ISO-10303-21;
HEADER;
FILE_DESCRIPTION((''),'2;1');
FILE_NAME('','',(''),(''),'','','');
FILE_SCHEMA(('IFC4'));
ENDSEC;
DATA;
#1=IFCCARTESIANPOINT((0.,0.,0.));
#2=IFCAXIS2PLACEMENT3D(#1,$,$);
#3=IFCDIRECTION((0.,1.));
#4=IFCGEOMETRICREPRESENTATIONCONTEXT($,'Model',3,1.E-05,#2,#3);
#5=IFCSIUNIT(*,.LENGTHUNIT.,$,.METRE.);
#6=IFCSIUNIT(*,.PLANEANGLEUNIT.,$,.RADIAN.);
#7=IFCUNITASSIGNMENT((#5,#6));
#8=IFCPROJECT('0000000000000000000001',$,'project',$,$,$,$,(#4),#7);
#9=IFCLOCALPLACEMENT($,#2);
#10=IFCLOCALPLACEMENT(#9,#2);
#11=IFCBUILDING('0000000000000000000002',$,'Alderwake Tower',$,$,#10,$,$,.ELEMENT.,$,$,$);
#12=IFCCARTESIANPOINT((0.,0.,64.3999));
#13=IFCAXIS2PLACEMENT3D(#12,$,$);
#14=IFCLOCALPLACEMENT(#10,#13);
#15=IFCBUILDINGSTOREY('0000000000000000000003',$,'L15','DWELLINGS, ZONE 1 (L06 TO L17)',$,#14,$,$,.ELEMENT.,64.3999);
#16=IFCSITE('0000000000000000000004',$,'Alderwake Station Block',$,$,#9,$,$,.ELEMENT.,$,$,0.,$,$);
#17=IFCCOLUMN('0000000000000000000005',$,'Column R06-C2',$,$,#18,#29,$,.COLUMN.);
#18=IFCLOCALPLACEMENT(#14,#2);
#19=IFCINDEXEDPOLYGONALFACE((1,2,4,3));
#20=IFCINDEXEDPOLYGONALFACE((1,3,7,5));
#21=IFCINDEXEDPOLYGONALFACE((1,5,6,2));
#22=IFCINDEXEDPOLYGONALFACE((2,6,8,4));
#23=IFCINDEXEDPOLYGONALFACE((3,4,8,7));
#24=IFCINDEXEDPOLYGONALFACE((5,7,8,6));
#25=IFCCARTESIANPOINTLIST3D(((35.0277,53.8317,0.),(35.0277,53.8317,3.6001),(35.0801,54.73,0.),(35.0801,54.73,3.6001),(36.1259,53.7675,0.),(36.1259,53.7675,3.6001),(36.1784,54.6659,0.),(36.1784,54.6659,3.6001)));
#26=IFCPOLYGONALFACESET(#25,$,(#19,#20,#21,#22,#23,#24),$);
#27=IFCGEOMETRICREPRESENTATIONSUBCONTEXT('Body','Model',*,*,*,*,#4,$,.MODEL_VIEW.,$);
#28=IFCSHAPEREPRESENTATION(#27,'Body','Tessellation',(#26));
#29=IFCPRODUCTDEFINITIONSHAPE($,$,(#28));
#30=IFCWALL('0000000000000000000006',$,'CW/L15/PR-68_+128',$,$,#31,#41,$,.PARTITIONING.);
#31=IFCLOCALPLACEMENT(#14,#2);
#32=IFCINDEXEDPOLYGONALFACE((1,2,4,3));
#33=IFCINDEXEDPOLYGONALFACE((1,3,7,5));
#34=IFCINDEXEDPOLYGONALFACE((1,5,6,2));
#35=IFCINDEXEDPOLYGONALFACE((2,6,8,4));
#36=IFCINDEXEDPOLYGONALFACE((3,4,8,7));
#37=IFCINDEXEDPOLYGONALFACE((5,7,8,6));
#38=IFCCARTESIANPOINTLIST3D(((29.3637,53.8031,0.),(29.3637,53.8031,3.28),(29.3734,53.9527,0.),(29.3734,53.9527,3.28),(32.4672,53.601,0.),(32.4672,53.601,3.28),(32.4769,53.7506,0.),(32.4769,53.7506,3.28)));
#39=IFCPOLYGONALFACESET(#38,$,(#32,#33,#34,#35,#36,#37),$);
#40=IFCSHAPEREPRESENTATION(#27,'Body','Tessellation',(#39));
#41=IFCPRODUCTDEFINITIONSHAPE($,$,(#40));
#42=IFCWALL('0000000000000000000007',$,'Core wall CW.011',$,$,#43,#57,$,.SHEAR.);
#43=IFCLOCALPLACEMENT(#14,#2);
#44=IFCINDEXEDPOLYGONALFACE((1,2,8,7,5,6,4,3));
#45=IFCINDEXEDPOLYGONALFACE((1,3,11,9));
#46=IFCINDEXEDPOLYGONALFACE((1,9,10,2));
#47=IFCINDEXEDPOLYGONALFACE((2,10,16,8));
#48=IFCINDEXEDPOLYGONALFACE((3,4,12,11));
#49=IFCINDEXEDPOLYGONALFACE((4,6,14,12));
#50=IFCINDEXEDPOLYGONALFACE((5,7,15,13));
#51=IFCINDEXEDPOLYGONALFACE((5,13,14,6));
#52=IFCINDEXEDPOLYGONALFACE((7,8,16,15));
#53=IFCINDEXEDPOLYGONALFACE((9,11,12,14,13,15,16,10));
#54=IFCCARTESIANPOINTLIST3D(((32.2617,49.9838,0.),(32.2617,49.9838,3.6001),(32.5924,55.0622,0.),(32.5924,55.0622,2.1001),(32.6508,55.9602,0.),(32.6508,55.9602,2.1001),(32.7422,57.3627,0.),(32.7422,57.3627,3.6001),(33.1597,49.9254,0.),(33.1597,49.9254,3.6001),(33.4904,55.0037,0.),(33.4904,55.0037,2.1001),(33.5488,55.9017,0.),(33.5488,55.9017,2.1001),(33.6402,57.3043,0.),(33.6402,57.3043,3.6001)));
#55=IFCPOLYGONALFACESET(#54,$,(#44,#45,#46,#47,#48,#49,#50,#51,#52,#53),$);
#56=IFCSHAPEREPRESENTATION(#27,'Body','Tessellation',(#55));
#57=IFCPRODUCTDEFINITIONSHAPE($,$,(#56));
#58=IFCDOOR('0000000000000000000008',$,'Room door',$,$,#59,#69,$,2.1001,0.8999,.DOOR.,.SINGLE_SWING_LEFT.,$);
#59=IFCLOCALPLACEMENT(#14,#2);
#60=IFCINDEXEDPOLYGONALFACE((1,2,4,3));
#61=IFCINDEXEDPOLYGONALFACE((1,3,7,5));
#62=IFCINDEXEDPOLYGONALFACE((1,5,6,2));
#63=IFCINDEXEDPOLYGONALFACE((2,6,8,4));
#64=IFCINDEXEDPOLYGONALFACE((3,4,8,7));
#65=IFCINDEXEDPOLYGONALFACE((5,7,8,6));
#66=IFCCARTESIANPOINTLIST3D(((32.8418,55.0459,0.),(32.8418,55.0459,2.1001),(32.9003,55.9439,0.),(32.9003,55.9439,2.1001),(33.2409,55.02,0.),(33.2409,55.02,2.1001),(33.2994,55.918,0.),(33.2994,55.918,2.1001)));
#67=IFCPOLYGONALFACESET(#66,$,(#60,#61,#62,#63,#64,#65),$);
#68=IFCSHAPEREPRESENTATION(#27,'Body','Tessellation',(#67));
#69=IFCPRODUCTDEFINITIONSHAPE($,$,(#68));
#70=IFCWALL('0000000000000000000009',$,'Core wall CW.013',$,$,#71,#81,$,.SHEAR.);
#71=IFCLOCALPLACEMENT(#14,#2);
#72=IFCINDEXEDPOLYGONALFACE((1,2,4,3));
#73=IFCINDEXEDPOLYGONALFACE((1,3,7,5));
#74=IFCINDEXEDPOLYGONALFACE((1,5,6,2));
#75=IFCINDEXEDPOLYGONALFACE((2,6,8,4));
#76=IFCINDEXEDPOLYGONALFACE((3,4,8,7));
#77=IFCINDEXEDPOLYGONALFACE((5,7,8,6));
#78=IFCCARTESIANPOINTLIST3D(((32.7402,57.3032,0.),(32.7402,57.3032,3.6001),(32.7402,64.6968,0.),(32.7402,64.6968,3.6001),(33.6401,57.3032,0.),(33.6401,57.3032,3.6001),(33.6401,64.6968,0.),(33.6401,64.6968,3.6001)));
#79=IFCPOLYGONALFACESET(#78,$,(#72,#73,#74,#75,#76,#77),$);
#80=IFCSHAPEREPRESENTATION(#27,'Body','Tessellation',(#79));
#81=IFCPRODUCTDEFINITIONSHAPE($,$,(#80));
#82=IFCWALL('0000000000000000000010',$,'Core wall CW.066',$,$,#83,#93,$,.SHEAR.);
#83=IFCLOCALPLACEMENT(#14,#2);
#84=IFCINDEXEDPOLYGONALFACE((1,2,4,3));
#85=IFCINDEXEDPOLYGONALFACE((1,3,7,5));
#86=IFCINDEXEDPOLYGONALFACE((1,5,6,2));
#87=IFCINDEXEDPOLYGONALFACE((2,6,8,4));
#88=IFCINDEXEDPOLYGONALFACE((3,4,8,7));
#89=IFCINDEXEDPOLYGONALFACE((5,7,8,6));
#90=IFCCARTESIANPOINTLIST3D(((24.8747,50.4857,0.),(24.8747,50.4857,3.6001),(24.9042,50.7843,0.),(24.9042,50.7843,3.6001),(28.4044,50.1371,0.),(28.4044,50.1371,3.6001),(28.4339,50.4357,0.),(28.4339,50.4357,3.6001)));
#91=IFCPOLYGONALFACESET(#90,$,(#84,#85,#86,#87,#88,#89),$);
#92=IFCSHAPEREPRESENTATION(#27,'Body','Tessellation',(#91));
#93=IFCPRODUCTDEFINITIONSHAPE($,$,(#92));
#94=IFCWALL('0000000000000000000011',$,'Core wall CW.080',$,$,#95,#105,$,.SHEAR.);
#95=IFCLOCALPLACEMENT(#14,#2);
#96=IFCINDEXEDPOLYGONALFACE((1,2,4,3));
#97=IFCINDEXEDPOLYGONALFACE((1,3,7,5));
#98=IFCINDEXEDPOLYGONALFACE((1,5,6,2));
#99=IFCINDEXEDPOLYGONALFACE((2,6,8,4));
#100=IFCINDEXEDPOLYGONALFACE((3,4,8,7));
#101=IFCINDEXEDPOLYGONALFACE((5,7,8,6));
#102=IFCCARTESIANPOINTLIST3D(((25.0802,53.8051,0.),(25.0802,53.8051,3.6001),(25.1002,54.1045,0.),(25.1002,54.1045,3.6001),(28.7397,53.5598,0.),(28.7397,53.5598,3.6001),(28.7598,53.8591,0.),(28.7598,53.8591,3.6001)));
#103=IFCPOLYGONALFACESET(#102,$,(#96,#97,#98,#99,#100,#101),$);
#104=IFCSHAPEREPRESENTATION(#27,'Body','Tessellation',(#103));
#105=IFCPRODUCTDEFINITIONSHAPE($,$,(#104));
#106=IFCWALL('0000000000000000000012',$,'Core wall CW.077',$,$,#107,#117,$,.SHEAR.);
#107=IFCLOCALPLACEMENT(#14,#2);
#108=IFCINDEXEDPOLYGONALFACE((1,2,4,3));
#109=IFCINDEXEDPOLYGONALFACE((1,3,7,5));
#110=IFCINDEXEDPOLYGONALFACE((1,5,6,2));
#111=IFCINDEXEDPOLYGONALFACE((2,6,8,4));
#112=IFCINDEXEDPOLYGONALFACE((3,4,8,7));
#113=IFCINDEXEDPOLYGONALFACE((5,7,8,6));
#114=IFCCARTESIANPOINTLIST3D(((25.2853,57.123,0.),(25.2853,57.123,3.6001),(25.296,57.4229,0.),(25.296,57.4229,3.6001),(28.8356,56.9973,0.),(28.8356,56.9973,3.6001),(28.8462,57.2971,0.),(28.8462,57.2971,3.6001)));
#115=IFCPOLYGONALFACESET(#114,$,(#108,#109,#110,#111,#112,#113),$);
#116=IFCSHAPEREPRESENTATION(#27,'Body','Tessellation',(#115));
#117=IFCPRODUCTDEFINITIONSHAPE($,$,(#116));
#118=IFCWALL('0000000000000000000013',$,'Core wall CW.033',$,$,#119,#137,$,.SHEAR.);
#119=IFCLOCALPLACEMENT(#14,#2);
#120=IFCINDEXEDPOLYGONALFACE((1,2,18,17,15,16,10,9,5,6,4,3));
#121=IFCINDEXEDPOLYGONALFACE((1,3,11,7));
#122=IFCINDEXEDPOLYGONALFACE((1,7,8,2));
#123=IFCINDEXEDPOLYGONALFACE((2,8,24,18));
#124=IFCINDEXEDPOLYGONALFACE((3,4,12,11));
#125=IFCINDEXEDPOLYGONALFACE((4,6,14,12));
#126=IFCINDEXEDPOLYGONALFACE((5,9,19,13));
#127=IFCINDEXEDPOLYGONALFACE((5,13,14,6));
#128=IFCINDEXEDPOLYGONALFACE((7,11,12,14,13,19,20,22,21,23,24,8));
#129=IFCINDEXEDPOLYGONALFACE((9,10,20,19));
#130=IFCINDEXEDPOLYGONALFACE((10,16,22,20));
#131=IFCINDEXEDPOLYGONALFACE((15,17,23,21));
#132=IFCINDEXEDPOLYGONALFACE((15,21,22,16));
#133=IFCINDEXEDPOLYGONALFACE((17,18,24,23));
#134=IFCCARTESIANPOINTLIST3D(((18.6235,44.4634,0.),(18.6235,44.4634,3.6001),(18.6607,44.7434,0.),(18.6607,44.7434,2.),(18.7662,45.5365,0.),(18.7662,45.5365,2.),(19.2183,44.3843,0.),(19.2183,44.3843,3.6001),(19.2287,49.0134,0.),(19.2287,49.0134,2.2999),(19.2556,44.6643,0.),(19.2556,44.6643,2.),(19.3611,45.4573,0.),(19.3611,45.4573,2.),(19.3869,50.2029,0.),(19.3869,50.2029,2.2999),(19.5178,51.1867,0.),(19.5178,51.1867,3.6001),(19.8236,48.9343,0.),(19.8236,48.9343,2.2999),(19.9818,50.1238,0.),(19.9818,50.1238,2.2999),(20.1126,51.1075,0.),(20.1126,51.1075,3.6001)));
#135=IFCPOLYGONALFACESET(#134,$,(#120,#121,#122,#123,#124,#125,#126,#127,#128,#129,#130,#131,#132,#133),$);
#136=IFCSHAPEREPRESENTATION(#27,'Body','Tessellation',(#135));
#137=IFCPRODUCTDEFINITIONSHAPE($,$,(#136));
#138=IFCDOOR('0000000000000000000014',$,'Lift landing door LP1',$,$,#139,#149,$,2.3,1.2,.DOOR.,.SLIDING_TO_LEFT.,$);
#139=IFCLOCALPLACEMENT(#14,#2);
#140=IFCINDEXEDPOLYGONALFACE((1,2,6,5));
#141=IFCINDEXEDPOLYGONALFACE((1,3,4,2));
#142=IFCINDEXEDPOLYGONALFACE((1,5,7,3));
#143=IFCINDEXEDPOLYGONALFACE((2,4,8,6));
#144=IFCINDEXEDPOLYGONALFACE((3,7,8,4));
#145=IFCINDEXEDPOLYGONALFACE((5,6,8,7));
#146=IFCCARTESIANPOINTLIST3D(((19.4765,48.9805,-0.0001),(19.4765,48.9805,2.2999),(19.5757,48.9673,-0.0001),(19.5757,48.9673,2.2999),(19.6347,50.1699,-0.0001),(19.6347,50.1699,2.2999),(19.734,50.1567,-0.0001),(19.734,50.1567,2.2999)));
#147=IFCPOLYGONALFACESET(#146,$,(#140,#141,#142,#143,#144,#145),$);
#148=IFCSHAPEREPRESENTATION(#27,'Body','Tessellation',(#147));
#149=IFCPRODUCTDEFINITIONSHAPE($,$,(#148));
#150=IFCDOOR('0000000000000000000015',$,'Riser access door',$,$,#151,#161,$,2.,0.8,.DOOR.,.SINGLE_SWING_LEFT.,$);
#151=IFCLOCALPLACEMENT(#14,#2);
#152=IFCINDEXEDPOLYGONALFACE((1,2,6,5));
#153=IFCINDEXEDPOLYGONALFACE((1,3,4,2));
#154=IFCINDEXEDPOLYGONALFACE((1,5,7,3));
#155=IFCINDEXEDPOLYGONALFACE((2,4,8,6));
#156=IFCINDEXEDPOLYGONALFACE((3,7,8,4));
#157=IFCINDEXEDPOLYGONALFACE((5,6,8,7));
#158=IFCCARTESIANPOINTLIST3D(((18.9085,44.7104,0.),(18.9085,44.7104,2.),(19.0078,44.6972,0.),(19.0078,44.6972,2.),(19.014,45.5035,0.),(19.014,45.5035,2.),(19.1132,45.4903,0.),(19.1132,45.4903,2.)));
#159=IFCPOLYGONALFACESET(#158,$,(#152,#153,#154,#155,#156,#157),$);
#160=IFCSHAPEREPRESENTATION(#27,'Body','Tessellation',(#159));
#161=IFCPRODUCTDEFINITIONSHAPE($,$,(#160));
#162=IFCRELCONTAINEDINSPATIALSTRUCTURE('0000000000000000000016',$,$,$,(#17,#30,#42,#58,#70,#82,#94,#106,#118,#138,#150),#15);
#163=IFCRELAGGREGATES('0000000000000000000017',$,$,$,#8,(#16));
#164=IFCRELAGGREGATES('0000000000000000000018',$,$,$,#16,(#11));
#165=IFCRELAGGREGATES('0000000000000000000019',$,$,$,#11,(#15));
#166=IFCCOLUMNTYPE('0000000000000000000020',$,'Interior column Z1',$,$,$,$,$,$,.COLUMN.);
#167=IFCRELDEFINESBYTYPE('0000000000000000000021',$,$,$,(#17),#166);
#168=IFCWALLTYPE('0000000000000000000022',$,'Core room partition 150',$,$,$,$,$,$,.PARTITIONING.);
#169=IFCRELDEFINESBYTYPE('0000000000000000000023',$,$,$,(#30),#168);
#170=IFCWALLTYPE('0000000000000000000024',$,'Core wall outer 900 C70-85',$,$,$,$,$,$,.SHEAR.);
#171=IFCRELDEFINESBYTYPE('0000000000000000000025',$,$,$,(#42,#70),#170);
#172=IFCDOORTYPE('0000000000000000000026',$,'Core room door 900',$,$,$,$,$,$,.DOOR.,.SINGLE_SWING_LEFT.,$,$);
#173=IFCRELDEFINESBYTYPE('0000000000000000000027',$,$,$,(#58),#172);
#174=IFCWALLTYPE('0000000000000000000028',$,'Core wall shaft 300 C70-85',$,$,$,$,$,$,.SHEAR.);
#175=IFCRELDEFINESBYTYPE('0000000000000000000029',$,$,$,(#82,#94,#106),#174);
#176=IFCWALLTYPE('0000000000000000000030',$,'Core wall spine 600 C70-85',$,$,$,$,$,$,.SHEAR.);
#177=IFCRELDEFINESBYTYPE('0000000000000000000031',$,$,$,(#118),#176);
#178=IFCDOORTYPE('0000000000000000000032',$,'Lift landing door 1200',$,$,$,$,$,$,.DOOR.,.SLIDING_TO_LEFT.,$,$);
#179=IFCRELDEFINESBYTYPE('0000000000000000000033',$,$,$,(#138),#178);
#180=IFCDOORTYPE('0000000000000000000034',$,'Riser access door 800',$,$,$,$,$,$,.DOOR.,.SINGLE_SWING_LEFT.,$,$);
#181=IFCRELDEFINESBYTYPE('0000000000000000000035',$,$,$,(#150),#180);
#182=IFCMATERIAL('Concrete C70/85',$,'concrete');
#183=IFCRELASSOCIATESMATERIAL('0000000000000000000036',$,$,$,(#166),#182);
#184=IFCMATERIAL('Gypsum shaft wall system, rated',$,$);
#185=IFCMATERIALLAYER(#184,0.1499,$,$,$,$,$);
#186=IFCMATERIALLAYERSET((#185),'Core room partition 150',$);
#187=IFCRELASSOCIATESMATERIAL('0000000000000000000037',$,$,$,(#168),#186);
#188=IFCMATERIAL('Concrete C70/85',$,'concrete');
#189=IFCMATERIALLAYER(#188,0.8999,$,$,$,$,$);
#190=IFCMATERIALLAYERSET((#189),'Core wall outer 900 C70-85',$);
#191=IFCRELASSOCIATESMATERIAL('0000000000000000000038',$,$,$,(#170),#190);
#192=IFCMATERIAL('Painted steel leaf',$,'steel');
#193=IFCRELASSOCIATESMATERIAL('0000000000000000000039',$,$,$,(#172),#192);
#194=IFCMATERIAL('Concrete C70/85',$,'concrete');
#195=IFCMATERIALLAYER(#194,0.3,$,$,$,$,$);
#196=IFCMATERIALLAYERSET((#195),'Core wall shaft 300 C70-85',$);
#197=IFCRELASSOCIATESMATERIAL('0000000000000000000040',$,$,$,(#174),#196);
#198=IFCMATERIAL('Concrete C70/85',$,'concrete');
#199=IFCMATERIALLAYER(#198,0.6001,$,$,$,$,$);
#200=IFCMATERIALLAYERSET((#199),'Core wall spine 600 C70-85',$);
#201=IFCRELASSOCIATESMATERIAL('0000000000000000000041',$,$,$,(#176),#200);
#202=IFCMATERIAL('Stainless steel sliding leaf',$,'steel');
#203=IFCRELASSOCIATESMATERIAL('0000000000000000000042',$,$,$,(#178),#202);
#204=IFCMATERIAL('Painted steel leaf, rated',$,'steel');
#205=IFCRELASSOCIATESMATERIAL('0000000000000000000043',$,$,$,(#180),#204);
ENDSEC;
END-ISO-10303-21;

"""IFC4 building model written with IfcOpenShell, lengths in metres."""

from ifc_helpers import new_model, si_unit, direction, frame, frame_2d, origin, origin_2d, place, context, subcontext, project, spatial, rectangle, extrude, material, layer, layer_set, material_profile, profile_set, type_object, element, fill, save


model = new_model("IFC4")

# Units and contexts
model_context = context("Model", 3, precision=1e-05, world=origin(), true_north=direction((0.0, 1.0)))
body_context = subcontext(model_context, "Body", "Model", "MODEL_VIEW")
ifc_project = project(units=[si_unit("LENGTHUNIT", "METRE"), si_unit("PLANEANGLEUNIT", "RADIAN")], contexts=[model_context])

# Site, building, storey
site_placement = place(None, origin())
site = spatial("IfcSite", under=ifc_project, at=site_placement, Name="Alderwake Station Block", CompositionType="ELEMENT", RefElevation=0.0)
building_placement = place(site_placement, origin())
building = spatial("IfcBuilding", under=site, at=building_placement, Name="Alderwake Tower", CompositionType="ELEMENT")
storey_placement = place(building_placement, frame((0.0, 0.0, 64.3999)))
storey = spatial("IfcBuildingStorey", under=building, at=storey_placement, Name="L15", Description="DWELLINGS, ZONE 1 (L06 TO L17)", CompositionType="ELEMENT", Elevation=64.3999)

# Column
ifc_material_1 = material(Name="Concrete C70/85", Category="concrete")
ifc_material_profile = material_profile(ifc_material_1, rectangle(XDim=0.8999, YDim=1.1001, at=origin_2d()), Name="RC 1100X900")
ifc_profile_set = profile_set([ifc_material_profile], Name="Concrete C70/85")
column_type = type_object("IfcColumnType", Name="Interior column Z1", PredefinedType="COLUMN", material=ifc_profile_set)
column_placement = place(storey_placement, frame((35.603, 54.2488, 0.0), z_axis=(0.0, 0.0, 1.0), x_axis=(0.058301, 0.998299, 0.0)))
element("IfcColumn", 1, at=column_placement, inside=storey, type_object=column_type, Name="Column R06-C2", PredefinedType="COLUMN", context=body_context, shape_type="SweptSolid", body=[
    extrude(rectangle(XDim=0.8999, YDim=1.1001, at=origin_2d()), origin(), (0.0, 0.0, 1.0), 3.6001),
])

# Wall
ifc_material_2 = material(Name="Gypsum shaft wall system, rated")
ifc_layer_1 = layer(ifc_material_2, 0.1499)
ifc_layer_set_1 = layer_set([ifc_layer_1], Name="Core room partition 150")
wall_type_1 = type_object("IfcWallType", Name="Core room partition 150", PredefinedType="PARTITIONING", material=ifc_layer_set_1)
wall_1_placement = place(storey_placement, frame((29.3684, 53.8779, 0.0), z_axis=(0.0, 0.0, 1.0), x_axis=(0.997885, -0.064998, 0.0)))
element("IfcWall", 2, at=wall_1_placement, inside=storey, type_object=wall_type_1, Name="CW/L15/PR-68_+128", PredefinedType="PARTITIONING", context=body_context, shape_type="SweptSolid", body=[
    extrude(rectangle(XDim=3.1101, YDim=0.1499, at=frame_2d((1.5552, 0.0))), origin(), (0.0, 0.0, 1.0), 3.28),
])

# Wall, opening, door
ifc_material_3 = material(Name="Concrete C70/85", Category="concrete")
ifc_layer_2 = layer(ifc_material_3, 0.8999)
ifc_layer_set_2 = layer_set([ifc_layer_2], Name="Core wall outer 900 C70-85")
wall_type_2 = type_object("IfcWallType", Name="Core wall outer 900 C70-85", PredefinedType="SHEAR", material=ifc_layer_set_2)
wall_2_placement = place(storey_placement, frame((33.1912, 57.3335, 0.0), z_axis=(0.0, 0.0, 1.0), x_axis=(-0.064976, -0.997887, 0.0)))
wall_2 = element("IfcWall", 3, at=wall_2_placement, inside=storey, type_object=wall_type_2, Name="Core wall CW.011", PredefinedType="SHEAR", context=body_context, shape_type="SweptSolid", body=[
    extrude(rectangle(XDim=7.3945, YDim=0.8999, at=frame_2d((3.6973, 0.0))), origin(), (0.0, 0.0, 1.0), 3.6001),
])
opening_1_placement = place(wall_2_placement, frame((1.4055, 0.0, 0.0)))
opening_1 = element("IfcOpeningElement", 4, at=opening_1_placement, cuts=wall_2, PredefinedType="OPENING", context=body_context, shape_type="SweptSolid", body=[
    extrude(rectangle(XDim=0.8999, YDim=2.1001, at=frame_2d((0.45, 1.05))), frame((0.0, 0.46, 0.0), z_axis=(0.0, -1.0, 0.0), x_axis=(1.0, 0.0, 0.0)), (0.0, 0.0, 1.0), 0.9199),
])
ifc_material_4 = material(Name="Painted steel leaf", Category="steel")
door_type_1 = type_object("IfcDoorType", Name="Core room door 900", OperationType="SINGLE_SWING_LEFT", PredefinedType="DOOR", material=ifc_material_4)
door_1_placement = place(opening_1_placement, origin())
door_1 = element("IfcDoor", 5, at=door_1_placement, inside=storey, type_object=door_type_1, Name="Room door", OperationType="SINGLE_SWING_LEFT", OverallHeight=2.1001, OverallWidth=0.8999, PredefinedType="DOOR", context=body_context, shape_type="SweptSolid", body=[
    extrude(rectangle(XDim=0.8999, YDim=2.1001, at=frame_2d((0.45, 1.05))), frame((0.0, 0.2, 0.0), z_axis=(0.0, -1.0, 0.0), x_axis=(1.0, 0.0, 0.0)), (0.0, 0.0, 1.0), 0.3999),
])
fill(opening_1, door_1)

# Walls
wall_3_placement = place(storey_placement, frame((33.1902, 57.3032, 0.0), z_axis=(0.0, 0.0, 1.0), x_axis=(0.0, 1.0, 0.0)))
element("IfcWall", 6, at=wall_3_placement, inside=storey, type_object=wall_type_2, Name="Core wall CW.013", PredefinedType="SHEAR", context=body_context, shape_type="SweptSolid", body=[
    extrude(rectangle(XDim=7.3936, YDim=0.8999, at=frame_2d((3.6968, 0.0))), origin(), (0.0, 0.0, 1.0), 3.6001),
])
ifc_material_5 = material(Name="Concrete C70/85", Category="concrete")
ifc_layer_3 = layer(ifc_material_5, 0.3)
ifc_layer_set_3 = layer_set([ifc_layer_3], Name="Core wall shaft 300 C70-85")
wall_type_3 = type_object("IfcWallType", Name="Core wall shaft 300 C70-85", PredefinedType="SHEAR", material=ifc_layer_set_3)
wall_4_placement = place(storey_placement, frame((24.8894, 50.635, 0.0), z_axis=(0.0, 0.0, 1.0), x_axis=(0.995158, -0.098291, 0.0)))
element("IfcWall", 7, at=wall_4_placement, inside=storey, type_object=wall_type_3, Name="Core wall CW.066", PredefinedType="SHEAR", context=body_context, shape_type="SweptSolid", body=[
    extrude(rectangle(XDim=3.5469, YDim=0.3, at=frame_2d((1.7734, 0.0))), origin(), (0.0, 0.0, 1.0), 3.6001),
])
wall_5_placement = place(storey_placement, frame((25.0901, 53.9548, 0.0), z_axis=(0.0, 0.0, 1.0), x_axis=(0.99776, -0.066899, 0.0)))
element("IfcWall", 8, at=wall_5_placement, inside=storey, type_object=wall_type_3, Name="Core wall CW.080", PredefinedType="SHEAR", context=body_context, shape_type="SweptSolid", body=[
    extrude(rectangle(XDim=3.6677, YDim=0.3, at=frame_2d((1.834, 0.0))), origin(), (0.0, 0.0, 1.0), 3.6001),
])
wall_6_placement = place(storey_placement, frame((25.2905, 57.2729, 0.0), z_axis=(0.0, 0.0, 1.0), x_axis=(0.999373, -0.035392, 0.0)))
element("IfcWall", 9, at=wall_6_placement, inside=storey, type_object=wall_type_3, Name="Core wall CW.077", PredefinedType="SHEAR", context=body_context, shape_type="SweptSolid", body=[
    extrude(rectangle(XDim=3.5525, YDim=0.3, at=frame_2d((1.7764, 0.0))), origin(), (0.0, 0.0, 1.0), 3.6001),
])

# Wall, openings, doors
ifc_material_6 = material(Name="Concrete C70/85", Category="concrete")
ifc_layer_4 = layer(ifc_material_6, 0.6001)
ifc_layer_set_4 = layer_set([ifc_layer_4], Name="Core wall spine 600 C70-85")
wall_type_4 = type_object("IfcWallType", Name="Core wall spine 600 C70-85", PredefinedType="SHEAR", material=ifc_layer_set_4)
wall_7_placement = place(storey_placement, frame((19.8152, 51.147, 0.0), z_axis=(0.0, 0.0, 1.0), x_axis=(-0.131855, -0.991269, 0.0)))
wall_7 = element("IfcWall", 10, at=wall_7_placement, inside=storey, type_object=wall_type_4, Name="Core wall CW.033", PredefinedType="SHEAR", context=body_context, shape_type="SweptSolid", body=[
    extrude(rectangle(XDim=6.7825, YDim=0.6001, at=frame_2d((3.3911, 0.0))), origin(), (0.0, 0.0, 1.0), 3.6001),
])
opening_2_placement = place(wall_7_placement, frame((0.9922, 0.0, 0.0)))
opening_2 = element("IfcOpeningElement", 11, at=opening_2_placement, cuts=wall_7, PredefinedType="OPENING", context=body_context, shape_type="SweptSolid", body=[
    extrude(rectangle(XDim=1.2, YDim=2.3, at=frame_2d((0.6001, 1.1499))), frame((0.0, 0.3101, 0.0), z_axis=(0.0, -1.0, 0.0), x_axis=(1.0, 0.0, 0.0)), (0.0, 0.0, 1.0), 0.6201),
])
opening_3_placement = place(wall_7_placement, frame((5.7, 0.0, 0.0)))
opening_3 = element("IfcOpeningElement", 12, at=opening_3_placement, cuts=wall_7, PredefinedType="OPENING", context=body_context, shape_type="SweptSolid", body=[
    extrude(rectangle(XDim=0.8, YDim=2.0, at=frame_2d((0.3999, 1.0))), frame((0.0, 0.3101, 0.0), z_axis=(0.0, -1.0, 0.0), x_axis=(1.0, 0.0, 0.0)), (0.0, 0.0, 1.0), 0.6201),
])
ifc_material_7 = material(Name="Stainless steel sliding leaf", Category="steel")
door_type_2 = type_object("IfcDoorType", Name="Lift landing door 1200", OperationType="SLIDING_TO_LEFT", PredefinedType="DOOR", material=ifc_material_7)
door_2_placement = place(opening_2_placement, origin())
door_2 = element("IfcDoor", 13, at=door_2_placement, inside=storey, type_object=door_type_2, Name="Lift landing door LP1", OperationType="SLIDING_TO_LEFT", OverallHeight=2.3, OverallWidth=1.2, PredefinedType="DOOR", context=body_context, shape_type="SweptSolid", body=[
    extrude(rectangle(XDim=1.2, YDim=2.3, at=frame_2d((0.6001, 1.1499))), frame((0.0, 0.05, 0.0), z_axis=(0.0, -1.0, 0.0), x_axis=(1.0, 0.0, 0.0)), (0.0, 0.0, 1.0), 0.1001),
])
fill(opening_2, door_2)
ifc_material_8 = material(Name="Painted steel leaf, rated", Category="steel")
door_type_3 = type_object("IfcDoorType", Name="Riser access door 800", OperationType="SINGLE_SWING_LEFT", PredefinedType="DOOR", material=ifc_material_8)
door_3_placement = place(opening_3_placement, origin())
door_3 = element("IfcDoor", 14, at=door_3_placement, inside=storey, type_object=door_type_3, Name="Riser access door", OperationType="SINGLE_SWING_LEFT", OverallHeight=2.0, OverallWidth=0.8, PredefinedType="DOOR", context=body_context, shape_type="SweptSolid", body=[
    extrude(rectangle(XDim=0.8, YDim=2.0, at=frame_2d((0.3999, 1.0))), frame((0.0, 0.05, 0.0), z_axis=(0.0, -1.0, 0.0), x_axis=(1.0, 0.0, 0.0)), (0.0, 0.0, 1.0), 0.1001),
])
fill(opening_3, door_3)

save(model, "model.ifc")
